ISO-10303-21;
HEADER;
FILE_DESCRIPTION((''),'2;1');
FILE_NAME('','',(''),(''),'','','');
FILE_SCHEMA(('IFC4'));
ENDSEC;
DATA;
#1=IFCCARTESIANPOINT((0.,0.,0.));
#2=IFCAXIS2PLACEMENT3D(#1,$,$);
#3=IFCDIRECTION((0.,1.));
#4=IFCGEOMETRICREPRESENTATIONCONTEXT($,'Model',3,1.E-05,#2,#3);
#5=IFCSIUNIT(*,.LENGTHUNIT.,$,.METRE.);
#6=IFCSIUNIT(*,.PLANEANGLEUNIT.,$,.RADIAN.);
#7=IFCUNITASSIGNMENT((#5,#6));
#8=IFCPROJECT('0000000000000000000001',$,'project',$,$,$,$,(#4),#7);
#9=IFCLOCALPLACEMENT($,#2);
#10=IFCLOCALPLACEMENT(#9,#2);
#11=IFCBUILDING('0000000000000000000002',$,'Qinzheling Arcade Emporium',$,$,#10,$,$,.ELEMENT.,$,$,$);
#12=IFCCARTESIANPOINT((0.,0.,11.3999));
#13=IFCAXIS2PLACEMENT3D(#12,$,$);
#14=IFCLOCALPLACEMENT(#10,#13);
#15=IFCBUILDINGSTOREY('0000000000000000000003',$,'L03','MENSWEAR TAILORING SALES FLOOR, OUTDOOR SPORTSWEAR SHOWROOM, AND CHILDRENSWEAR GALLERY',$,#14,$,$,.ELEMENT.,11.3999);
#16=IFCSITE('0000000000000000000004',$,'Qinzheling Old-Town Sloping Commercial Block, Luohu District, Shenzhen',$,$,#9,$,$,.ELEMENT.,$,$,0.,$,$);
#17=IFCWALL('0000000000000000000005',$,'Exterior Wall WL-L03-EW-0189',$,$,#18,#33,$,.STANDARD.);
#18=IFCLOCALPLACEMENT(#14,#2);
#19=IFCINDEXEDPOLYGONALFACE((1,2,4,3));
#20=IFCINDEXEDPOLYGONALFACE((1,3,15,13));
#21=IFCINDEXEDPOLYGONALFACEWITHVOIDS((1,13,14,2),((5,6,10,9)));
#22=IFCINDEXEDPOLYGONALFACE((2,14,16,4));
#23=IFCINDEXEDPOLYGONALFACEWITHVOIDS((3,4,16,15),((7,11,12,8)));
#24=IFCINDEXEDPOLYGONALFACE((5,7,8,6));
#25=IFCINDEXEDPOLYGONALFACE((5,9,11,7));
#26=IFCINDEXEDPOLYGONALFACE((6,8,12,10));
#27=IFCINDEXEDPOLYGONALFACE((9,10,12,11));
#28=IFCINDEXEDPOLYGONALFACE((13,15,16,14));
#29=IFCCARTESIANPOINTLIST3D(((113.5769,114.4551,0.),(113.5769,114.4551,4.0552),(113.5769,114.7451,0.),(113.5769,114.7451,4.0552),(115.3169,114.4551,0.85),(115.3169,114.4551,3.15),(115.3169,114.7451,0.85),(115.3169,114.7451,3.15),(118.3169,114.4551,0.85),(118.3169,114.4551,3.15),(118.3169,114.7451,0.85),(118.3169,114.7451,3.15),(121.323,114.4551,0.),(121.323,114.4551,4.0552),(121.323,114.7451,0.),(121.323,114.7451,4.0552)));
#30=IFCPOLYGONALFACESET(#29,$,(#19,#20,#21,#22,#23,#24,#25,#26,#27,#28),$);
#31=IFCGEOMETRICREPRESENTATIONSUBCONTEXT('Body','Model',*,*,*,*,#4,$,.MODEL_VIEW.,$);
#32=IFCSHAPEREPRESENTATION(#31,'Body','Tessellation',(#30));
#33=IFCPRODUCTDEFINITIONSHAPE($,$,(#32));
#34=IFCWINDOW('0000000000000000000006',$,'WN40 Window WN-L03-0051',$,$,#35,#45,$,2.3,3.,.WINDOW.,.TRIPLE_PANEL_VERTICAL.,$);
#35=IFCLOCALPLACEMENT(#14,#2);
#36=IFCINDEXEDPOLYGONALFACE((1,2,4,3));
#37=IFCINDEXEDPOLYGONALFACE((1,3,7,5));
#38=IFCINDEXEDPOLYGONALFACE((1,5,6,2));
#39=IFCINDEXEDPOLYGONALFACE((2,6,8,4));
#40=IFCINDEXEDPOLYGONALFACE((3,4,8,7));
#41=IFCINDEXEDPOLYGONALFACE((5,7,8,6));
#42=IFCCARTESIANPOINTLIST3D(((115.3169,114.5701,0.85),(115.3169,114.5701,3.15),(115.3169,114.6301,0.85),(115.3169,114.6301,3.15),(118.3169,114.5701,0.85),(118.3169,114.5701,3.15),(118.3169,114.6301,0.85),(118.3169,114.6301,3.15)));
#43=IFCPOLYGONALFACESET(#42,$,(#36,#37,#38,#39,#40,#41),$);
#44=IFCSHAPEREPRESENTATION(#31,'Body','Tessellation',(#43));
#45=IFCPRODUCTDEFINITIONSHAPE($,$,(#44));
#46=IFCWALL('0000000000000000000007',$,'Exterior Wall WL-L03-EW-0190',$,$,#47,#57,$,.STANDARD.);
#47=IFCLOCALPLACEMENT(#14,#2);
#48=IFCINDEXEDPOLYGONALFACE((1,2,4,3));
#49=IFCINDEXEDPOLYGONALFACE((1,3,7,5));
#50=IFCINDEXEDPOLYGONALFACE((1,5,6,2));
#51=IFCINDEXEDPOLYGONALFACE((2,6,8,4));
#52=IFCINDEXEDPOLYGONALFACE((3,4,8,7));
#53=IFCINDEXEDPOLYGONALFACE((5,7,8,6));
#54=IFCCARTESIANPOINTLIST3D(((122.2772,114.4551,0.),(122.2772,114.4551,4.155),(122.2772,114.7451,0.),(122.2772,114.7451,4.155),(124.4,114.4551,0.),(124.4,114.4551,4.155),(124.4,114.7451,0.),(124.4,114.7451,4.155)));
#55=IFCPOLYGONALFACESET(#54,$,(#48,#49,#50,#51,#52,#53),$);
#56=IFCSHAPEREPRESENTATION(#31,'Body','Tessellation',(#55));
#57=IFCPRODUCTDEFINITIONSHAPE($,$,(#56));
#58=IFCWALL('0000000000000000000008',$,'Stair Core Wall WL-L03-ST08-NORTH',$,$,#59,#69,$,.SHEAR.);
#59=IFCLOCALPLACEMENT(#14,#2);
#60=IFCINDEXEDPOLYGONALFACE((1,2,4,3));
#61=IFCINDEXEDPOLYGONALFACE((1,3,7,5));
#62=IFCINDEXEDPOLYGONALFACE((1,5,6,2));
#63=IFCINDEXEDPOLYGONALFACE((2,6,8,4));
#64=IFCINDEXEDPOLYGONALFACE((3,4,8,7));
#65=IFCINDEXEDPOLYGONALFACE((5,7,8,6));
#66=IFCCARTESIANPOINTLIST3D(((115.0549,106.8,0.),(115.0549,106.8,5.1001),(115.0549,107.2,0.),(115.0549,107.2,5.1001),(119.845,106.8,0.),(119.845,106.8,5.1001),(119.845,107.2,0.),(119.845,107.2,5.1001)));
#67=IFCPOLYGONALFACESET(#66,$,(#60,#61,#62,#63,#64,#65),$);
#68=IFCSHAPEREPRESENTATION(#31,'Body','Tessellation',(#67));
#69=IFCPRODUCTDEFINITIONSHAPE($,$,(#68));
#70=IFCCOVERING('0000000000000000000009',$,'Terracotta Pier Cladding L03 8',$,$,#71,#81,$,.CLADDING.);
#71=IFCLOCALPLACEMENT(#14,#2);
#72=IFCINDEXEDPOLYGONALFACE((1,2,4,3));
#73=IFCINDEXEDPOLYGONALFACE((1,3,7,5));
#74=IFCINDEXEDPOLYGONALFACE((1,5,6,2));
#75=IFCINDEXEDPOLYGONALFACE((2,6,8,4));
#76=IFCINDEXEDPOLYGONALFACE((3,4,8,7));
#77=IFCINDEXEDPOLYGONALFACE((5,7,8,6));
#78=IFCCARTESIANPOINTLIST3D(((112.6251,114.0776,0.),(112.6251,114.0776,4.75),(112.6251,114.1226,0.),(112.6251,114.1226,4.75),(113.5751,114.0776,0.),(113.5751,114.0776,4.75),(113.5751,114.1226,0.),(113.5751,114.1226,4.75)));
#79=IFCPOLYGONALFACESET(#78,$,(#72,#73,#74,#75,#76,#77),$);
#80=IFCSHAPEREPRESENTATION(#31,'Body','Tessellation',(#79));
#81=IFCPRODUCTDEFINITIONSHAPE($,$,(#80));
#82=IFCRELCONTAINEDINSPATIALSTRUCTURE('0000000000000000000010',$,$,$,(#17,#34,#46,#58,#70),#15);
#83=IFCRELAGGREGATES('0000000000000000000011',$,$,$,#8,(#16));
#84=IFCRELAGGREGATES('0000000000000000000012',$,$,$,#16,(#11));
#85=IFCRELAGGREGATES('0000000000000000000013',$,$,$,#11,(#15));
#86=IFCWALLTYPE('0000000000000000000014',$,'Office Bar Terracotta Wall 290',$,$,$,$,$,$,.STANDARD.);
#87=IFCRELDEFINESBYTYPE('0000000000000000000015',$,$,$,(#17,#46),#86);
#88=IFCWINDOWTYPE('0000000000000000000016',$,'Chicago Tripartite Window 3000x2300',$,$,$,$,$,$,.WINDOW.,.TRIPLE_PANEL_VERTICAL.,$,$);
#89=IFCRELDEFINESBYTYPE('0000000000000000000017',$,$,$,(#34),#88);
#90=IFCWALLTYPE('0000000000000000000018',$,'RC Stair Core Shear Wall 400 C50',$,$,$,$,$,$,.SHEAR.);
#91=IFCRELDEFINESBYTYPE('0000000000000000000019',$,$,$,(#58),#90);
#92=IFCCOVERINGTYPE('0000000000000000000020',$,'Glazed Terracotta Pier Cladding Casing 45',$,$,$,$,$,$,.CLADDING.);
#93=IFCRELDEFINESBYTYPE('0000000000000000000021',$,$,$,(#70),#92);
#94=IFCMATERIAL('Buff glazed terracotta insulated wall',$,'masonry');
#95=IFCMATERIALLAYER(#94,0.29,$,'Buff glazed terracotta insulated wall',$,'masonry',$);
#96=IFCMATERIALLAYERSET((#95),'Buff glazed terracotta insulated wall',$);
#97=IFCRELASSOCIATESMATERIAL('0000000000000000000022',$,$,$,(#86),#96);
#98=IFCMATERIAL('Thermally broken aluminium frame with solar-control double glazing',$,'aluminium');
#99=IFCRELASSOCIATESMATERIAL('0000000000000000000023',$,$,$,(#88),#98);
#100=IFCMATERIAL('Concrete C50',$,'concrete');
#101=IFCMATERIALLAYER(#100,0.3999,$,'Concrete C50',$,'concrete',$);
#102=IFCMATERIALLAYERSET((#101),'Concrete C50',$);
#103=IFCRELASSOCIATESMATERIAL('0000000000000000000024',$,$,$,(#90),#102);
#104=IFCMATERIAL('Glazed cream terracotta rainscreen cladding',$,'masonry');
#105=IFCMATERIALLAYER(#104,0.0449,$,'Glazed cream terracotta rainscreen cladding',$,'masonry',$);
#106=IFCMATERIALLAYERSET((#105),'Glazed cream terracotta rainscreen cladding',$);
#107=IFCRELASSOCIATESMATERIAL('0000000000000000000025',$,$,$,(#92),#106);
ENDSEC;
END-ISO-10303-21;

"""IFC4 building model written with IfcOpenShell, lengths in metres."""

from ifc_helpers import new_model, si_unit, direction, frame, frame_2d, origin, origin_2d, place, context, subcontext, project, spatial, rectangle, extrude, material, layer, layer_set, type_object, element, fill, save


model = new_model("IFC4")

# Units and contexts
model_context = context("Model", 3, precision=1e-05, world=origin(), true_north=direction((0.0, 1.0)))
body_context = subcontext(model_context, "Body", "Model", "MODEL_VIEW")
ifc_project = project(units=[si_unit("LENGTHUNIT", "METRE"), si_unit("PLANEANGLEUNIT", "RADIAN")], contexts=[model_context])

# Site, building, storey
site_placement = place(None, origin())
site = spatial("IfcSite", under=ifc_project, at=site_placement, Name="Qinzheling Old-Town Sloping Commercial Block, Luohu District, Shenzhen", CompositionType="ELEMENT", RefElevation=0.0)
building_placement = place(site_placement, origin())
building = spatial("IfcBuilding", under=site, at=building_placement, Name="Qinzheling Arcade Emporium", CompositionType="ELEMENT")
storey_placement = place(building_placement, frame((0.0, 0.0, 11.3999)))
storey = spatial("IfcBuildingStorey", under=building, at=storey_placement, Name="L03", Description="MENSWEAR TAILORING SALES FLOOR, OUTDOOR SPORTSWEAR SHOWROOM, AND CHILDRENSWEAR GALLERY", CompositionType="ELEMENT", Elevation=11.3999)

# Shared definitions
ifc_material_1 = material(Name="Concrete C50", Category="concrete")

# Wall, opening, window
ifc_material_2 = material(Name="Buff glazed terracotta insulated wall", Category="masonry")
ifc_layer_1 = layer(ifc_material_2, 0.29, Name="Buff glazed terracotta insulated wall", Category="masonry")
ifc_layer_set_1 = layer_set([ifc_layer_1], Name="Buff glazed terracotta insulated wall")
wall_type_1 = type_object("IfcWallType", Name="Office Bar Terracotta Wall 290", PredefinedType="STANDARD", material=ifc_layer_set_1)
wall_1_placement = place(storey_placement, frame((113.5769, 114.6001, 0.0), z_axis=(0.0, 0.0, 1.0), x_axis=(1.0, 0.0, 0.0)))
wall_1 = element("IfcWall", 1, at=wall_1_placement, inside=storey, type_object=wall_type_1, Name="Exterior Wall WL-L03-EW-0189", PredefinedType="STANDARD", context=body_context, shape_type="SweptSolid", body=[
    extrude(rectangle(XDim=7.7461, YDim=0.29, at=frame_2d((3.873, 0.0))), origin(), (0.0, 0.0, 1.0), 4.0552),
])
opening_placement = place(wall_1_placement, frame((1.74, 0.0, 0.8501)))
opening = element("IfcOpeningElement", 2, at=opening_placement, cuts=wall_1, PredefinedType="OPENING", context=body_context, shape_type="SweptSolid", body=[
    extrude(rectangle(XDim=3.0, YDim=2.3, at=frame_2d((1.5, 1.1499))), frame((0.0, 0.155, 0.0), z_axis=(0.0, -1.0, 0.0), x_axis=(1.0, 0.0, 0.0)), (0.0, 0.0, 1.0), 0.3101),
])
ifc_material_3 = material(Name="Thermally broken aluminium frame with solar-control double glazing", Category="aluminium")
window_type = type_object("IfcWindowType", Name="Chicago Tripartite Window 3000x2300", PartitioningType="TRIPLE_PANEL_VERTICAL", PredefinedType="WINDOW", material=ifc_material_3)
window_placement = place(opening_placement, origin())
window = element("IfcWindow", 3, at=window_placement, inside=storey, type_object=window_type, Name="WN40 Window WN-L03-0051", OverallHeight=2.3, OverallWidth=3.0, PartitioningType="TRIPLE_PANEL_VERTICAL", PredefinedType="WINDOW", context=body_context, shape_type="SweptSolid", body=[
    extrude(rectangle(XDim=3.0, YDim=2.3, at=frame_2d((1.5, 1.1499))), frame((0.0, 0.03, 0.0), z_axis=(0.0, -1.0, 0.0), x_axis=(1.0, 0.0, 0.0)), (0.0, 0.0, 1.0), 0.0601),
])
fill(opening, window)

# Walls
wall_2_placement = place(storey_placement, frame((122.2771, 114.6001, 0.0), z_axis=(0.0, 0.0, 1.0), x_axis=(1.0, 0.0, 0.0)))
element("IfcWall", 4, at=wall_2_placement, inside=storey, type_object=wall_type_1, Name="Exterior Wall WL-L03-EW-0190", PredefinedType="STANDARD", context=body_context, shape_type="SweptSolid", body=[
    extrude(rectangle(XDim=2.1228, YDim=0.29, at=frame_2d((1.0615, 0.0))), origin(), (0.0, 0.0, 1.0), 4.155),
])
ifc_layer_2 = layer(ifc_material_1, 0.3999, Name="Concrete C50", Category="concrete")
ifc_layer_set_2 = layer_set([ifc_layer_2], Name="Concrete C50")
wall_type_2 = type_object("IfcWallType", Name="RC Stair Core Shear Wall 400 C50", PredefinedType="SHEAR", material=ifc_layer_set_2)
wall_3_placement = place(storey_placement, frame((115.0549, 107.0, 0.0), z_axis=(0.0, 0.0, 1.0), x_axis=(1.0, 0.0, 0.0)))
element("IfcWall", 5, at=wall_3_placement, inside=storey, type_object=wall_type_2, Name="Stair Core Wall WL-L03-ST08-NORTH", PredefinedType="SHEAR", context=body_context, shape_type="SweptSolid", body=[
    extrude(rectangle(XDim=4.79, YDim=0.3999, at=frame_2d((2.395, 0.0))), origin(), (0.0, 0.0, 1.0), 5.1001),
])

# Covering
ifc_material_4 = material(Name="Glazed cream terracotta rainscreen cladding", Category="masonry")
ifc_layer_3 = layer(ifc_material_4, 0.0449, Name="Glazed cream terracotta rainscreen cladding", Category="masonry")
ifc_layer_set_3 = layer_set([ifc_layer_3], Name="Glazed cream terracotta rainscreen cladding")
covering_type = type_object("IfcCoveringType", Name="Glazed Terracotta Pier Cladding Casing 45", PredefinedType="CLADDING", material=ifc_layer_set_3)
covering_placement = place(storey_placement, frame((113.1001, 114.1001, 0.0), z_axis=(0.0, 0.0, 1.0), x_axis=(1.0, 0.0, 0.0)))
element("IfcCovering", 6, at=covering_placement, inside=storey, type_object=covering_type, Name="Terracotta Pier Cladding L03 8", PredefinedType="CLADDING", context=body_context, shape_type="SweptSolid", body=[
    extrude(rectangle(XDim=0.95, YDim=0.0449, at=origin_2d()), origin(), (0.0, 0.0, 1.0), 4.75),
])

save(model, "model.ifc")
